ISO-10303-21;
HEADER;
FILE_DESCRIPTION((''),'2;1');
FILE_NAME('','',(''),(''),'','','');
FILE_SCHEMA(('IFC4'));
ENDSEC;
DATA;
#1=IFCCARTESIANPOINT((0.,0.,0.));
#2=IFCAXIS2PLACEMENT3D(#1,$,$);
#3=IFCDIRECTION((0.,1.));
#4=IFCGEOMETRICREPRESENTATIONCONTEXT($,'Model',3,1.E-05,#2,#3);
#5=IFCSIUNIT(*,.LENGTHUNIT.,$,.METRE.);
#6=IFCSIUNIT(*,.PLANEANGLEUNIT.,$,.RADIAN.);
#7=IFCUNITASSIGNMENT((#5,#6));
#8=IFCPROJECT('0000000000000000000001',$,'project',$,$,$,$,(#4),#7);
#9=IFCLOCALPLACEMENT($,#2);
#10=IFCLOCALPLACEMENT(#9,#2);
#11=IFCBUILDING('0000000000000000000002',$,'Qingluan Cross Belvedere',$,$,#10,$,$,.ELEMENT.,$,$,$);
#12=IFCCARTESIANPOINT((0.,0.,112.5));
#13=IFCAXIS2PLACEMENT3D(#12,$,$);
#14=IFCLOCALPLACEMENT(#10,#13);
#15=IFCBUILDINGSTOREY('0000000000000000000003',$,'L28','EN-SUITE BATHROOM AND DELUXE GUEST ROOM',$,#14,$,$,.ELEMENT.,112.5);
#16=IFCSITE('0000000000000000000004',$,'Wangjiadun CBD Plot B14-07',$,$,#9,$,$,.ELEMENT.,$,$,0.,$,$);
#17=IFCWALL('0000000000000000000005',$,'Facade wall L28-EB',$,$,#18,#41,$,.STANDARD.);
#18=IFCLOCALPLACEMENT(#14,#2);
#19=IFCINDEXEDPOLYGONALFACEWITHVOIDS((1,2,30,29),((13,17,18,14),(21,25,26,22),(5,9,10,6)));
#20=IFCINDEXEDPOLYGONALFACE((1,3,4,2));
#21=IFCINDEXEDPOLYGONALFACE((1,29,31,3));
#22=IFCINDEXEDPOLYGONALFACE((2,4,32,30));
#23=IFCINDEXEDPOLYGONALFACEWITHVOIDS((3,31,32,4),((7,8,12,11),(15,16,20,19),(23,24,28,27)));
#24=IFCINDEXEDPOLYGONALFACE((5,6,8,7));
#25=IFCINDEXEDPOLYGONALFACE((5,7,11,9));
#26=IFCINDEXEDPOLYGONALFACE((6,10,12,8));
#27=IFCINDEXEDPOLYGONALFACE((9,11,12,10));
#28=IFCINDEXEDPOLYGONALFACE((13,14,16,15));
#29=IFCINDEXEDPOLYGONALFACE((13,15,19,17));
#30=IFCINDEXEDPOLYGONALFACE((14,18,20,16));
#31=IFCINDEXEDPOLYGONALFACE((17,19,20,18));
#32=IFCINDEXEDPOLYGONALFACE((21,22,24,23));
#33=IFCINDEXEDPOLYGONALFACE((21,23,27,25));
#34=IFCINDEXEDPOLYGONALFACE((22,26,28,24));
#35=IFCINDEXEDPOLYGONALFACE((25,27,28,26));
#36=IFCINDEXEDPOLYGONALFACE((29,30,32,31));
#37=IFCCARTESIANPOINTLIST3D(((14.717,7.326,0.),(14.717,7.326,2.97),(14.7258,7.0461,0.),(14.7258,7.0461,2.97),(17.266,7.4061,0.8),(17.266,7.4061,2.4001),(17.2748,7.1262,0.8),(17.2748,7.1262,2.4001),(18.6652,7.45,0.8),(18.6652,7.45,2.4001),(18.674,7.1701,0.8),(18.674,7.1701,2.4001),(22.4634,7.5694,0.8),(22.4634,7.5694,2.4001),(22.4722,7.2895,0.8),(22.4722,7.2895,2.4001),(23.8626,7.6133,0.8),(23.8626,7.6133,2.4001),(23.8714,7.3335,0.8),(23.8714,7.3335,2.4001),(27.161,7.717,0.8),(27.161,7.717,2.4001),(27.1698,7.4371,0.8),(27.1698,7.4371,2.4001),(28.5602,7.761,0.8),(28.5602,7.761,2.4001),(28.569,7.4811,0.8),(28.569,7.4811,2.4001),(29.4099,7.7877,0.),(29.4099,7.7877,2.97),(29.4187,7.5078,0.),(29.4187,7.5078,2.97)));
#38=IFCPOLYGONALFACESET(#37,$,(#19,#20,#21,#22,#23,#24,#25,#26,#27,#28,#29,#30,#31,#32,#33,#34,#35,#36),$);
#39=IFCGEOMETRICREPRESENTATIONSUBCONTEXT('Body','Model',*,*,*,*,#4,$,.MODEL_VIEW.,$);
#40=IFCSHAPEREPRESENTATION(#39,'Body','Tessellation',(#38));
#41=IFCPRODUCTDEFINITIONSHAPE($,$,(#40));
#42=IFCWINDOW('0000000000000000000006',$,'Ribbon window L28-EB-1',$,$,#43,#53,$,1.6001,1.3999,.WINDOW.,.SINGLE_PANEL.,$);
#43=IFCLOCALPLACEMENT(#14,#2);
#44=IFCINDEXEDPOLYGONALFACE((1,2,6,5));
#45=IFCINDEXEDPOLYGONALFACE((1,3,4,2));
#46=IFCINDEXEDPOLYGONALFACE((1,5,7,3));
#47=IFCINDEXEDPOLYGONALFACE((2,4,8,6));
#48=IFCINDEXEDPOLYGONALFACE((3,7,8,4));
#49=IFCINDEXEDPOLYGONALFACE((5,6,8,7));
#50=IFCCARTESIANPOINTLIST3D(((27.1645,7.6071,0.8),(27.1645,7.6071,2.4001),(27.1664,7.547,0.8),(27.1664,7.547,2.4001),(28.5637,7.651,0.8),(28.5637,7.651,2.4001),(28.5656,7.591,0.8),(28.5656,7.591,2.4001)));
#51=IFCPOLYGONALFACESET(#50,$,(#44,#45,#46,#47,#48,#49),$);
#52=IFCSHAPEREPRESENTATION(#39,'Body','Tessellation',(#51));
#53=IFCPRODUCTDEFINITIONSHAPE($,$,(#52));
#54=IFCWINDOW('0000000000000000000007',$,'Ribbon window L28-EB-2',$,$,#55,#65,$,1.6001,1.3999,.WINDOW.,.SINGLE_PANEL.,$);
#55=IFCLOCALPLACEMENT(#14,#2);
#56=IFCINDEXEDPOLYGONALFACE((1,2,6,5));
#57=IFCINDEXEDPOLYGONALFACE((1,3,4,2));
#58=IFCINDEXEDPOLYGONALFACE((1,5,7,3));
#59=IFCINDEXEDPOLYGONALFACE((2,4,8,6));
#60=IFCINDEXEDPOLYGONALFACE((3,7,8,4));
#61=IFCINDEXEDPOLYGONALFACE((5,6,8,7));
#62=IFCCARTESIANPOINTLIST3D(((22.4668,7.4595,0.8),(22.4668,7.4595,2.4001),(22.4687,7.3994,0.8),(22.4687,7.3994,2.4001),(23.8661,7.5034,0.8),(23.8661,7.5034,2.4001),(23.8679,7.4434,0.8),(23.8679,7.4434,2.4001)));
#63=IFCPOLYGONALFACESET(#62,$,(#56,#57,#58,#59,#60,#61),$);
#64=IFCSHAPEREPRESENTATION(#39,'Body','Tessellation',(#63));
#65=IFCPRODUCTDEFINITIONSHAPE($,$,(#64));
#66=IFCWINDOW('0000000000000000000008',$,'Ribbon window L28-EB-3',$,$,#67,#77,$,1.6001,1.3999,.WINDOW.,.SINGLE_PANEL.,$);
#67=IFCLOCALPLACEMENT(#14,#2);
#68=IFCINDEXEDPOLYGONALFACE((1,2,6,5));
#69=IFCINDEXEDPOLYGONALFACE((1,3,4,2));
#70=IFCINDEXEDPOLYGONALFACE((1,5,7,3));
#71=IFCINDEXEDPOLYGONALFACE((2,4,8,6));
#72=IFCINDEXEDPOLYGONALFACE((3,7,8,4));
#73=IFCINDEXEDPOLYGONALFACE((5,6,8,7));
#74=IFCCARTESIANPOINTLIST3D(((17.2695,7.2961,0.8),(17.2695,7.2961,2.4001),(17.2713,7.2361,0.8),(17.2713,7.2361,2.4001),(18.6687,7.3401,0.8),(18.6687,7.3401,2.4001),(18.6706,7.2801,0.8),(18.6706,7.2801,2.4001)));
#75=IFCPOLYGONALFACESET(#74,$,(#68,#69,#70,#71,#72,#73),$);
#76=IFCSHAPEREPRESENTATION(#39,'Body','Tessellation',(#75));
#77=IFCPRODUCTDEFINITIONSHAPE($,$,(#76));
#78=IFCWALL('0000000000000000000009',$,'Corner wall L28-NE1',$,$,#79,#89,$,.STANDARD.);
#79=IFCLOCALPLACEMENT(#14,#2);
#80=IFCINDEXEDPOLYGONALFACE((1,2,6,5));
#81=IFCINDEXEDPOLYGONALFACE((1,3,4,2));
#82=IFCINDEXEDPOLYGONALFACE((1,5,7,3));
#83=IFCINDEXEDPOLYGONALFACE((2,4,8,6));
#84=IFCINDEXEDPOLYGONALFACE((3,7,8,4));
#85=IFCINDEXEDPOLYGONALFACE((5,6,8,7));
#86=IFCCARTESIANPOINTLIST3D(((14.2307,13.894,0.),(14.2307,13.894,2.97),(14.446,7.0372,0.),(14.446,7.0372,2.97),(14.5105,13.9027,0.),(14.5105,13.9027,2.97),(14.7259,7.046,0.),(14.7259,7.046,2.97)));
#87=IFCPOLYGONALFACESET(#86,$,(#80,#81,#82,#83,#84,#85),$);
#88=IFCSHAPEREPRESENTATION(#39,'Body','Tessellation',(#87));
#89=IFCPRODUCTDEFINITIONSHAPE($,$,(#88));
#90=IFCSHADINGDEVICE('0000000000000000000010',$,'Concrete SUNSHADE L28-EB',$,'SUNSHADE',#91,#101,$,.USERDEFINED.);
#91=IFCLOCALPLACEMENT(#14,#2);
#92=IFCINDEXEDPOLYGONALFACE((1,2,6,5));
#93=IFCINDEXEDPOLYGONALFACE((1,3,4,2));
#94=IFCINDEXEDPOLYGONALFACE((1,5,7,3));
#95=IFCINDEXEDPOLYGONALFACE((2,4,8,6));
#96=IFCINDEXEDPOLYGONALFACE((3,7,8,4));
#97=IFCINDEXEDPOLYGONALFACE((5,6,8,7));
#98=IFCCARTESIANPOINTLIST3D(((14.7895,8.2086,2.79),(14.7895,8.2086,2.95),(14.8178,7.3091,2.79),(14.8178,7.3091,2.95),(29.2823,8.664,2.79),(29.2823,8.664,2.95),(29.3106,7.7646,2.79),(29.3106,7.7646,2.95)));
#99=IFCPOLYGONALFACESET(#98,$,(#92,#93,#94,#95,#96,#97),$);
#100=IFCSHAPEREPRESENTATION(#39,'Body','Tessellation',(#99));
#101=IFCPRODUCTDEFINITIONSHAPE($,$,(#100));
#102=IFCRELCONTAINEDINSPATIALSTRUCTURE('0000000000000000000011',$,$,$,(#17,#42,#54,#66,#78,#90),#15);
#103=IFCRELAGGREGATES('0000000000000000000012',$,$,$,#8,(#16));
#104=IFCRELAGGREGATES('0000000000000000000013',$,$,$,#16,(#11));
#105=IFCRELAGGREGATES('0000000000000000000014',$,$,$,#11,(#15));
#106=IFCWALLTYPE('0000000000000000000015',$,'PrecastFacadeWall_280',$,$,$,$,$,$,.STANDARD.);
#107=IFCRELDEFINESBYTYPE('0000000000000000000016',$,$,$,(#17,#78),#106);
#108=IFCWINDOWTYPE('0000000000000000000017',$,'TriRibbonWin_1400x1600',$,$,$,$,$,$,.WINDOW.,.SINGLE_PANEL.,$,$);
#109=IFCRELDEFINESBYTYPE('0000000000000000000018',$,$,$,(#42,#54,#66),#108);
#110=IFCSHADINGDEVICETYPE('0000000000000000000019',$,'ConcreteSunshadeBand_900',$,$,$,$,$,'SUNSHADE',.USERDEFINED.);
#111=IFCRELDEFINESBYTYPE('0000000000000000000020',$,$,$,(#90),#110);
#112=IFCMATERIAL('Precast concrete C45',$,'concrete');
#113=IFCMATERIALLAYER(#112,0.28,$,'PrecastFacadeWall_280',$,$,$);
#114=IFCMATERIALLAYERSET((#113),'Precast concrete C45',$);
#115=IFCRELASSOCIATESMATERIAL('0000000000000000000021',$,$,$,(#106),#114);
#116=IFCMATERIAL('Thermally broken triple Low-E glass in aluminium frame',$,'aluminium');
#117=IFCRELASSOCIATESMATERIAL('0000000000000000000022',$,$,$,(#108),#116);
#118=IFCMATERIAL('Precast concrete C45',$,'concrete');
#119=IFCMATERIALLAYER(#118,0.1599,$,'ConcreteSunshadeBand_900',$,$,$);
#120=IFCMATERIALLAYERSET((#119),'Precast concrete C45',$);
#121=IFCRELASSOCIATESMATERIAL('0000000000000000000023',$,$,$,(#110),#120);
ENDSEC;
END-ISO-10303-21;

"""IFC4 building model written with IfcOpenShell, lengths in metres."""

from ifc_helpers import new_model, si_unit, direction, frame, frame_2d, origin, origin_2d, place, context, subcontext, project, spatial, rectangle, extrude, material, layer, layer_set, type_object, element, fill, save


model = new_model("IFC4")

# Units and contexts
model_context = context("Model", 3, precision=1e-05, world=origin(), true_north=direction((0.0, 1.0)))
body_context = subcontext(model_context, "Body", "Model", "MODEL_VIEW")
ifc_project = project(units=[si_unit("LENGTHUNIT", "METRE"), si_unit("PLANEANGLEUNIT", "RADIAN")], contexts=[model_context])

# Site, building, storey
site_placement = place(None, origin())
site = spatial("IfcSite", under=ifc_project, at=site_placement, Name="Wangjiadun CBD Plot B14-07", CompositionType="ELEMENT", RefElevation=0.0)
building_placement = place(site_placement, origin())
building = spatial("IfcBuilding", under=site, at=building_placement, Name="Qingluan Cross Belvedere", CompositionType="ELEMENT")
storey_placement = place(building_placement, frame((0.0, 0.0, 112.5)))
storey = spatial("IfcBuildingStorey", under=building, at=storey_placement, Name="L28", Description="EN-SUITE BATHROOM AND DELUXE GUEST ROOM", CompositionType="ELEMENT", Elevation=112.5)

# Wall, openings, windows
ifc_material_1 = material(Name="Precast concrete C45", Category="concrete")
ifc_layer_1 = layer(ifc_material_1, 0.28, Name="PrecastFacadeWall_280")
ifc_layer_set_1 = layer_set([ifc_layer_1], Name="Precast concrete C45")
wall_type_1 = type_object("IfcWallType", Name="PrecastFacadeWall_280", PredefinedType="STANDARD", material=ifc_layer_set_1)
wall_1_placement = place(storey_placement, frame((29.4143, 7.6477, 0.0), z_axis=(0.0, 0.0, 1.0), x_axis=(-0.999507, -0.031406, 0.0)))
wall_1 = element("IfcWall", 1, at=wall_1_placement, inside=storey, type_object=wall_type_1, Name="Facade wall L28-EB", PredefinedType="STANDARD", context=body_context, shape_type="SweptSolid", body=[
    extrude(rectangle(XDim=14.7002, YDim=0.28, at=frame_2d((7.3501, 0.0))), origin(), (0.0, 0.0, 1.0), 2.97),
])
opening_1_placement = place(wall_1_placement, frame((0.8501, 0.0, 0.8)))
opening_1 = element("IfcOpeningElement", 2, at=opening_1_placement, cuts=wall_1, PredefinedType="OPENING", context=body_context, shape_type="SweptSolid", body=[
    extrude(rectangle(XDim=1.3999, YDim=1.6001, at=frame_2d((0.7, 0.8))), frame((0.0, 0.1499, 0.0), z_axis=(0.0, -1.0, 0.0), x_axis=(1.0, 0.0, 0.0)), (0.0, 0.0, 1.0), 0.3),
])
opening_2_placement = place(wall_1_placement, frame((5.55, 0.0, 0.8)))
opening_2 = element("IfcOpeningElement", 3, at=opening_2_placement, cuts=wall_1, PredefinedType="OPENING", context=body_context, shape_type="SweptSolid", body=[
    extrude(rectangle(XDim=1.3999, YDim=1.6001, at=frame_2d((0.7, 0.8))), frame((0.0, 0.1499, 0.0), z_axis=(0.0, -1.0, 0.0), x_axis=(1.0, 0.0, 0.0)), (0.0, 0.0, 1.0), 0.3),
])
opening_3_placement = place(wall_1_placement, frame((10.75, 0.0, 0.8)))
opening_3 = element("IfcOpeningElement", 4, at=opening_3_placement, cuts=wall_1, PredefinedType="OPENING", context=body_context, shape_type="SweptSolid", body=[
    extrude(rectangle(XDim=1.3999, YDim=1.6001, at=frame_2d((0.7, 0.8))), frame((0.0, 0.1499, 0.0), z_axis=(0.0, -1.0, 0.0), x_axis=(1.0, 0.0, 0.0)), (0.0, 0.0, 1.0), 0.3),
])
ifc_material_2 = material(Name="Thermally broken triple Low-E glass in aluminium frame", Category="aluminium")
window_type = type_object("IfcWindowType", Name="TriRibbonWin_1400x1600", PartitioningType="SINGLE_PANEL", PredefinedType="WINDOW", material=ifc_material_2)
window_1_placement = place(opening_1_placement, origin())
window_1 = element("IfcWindow", 5, at=window_1_placement, inside=storey, type_object=window_type, Name="Ribbon window L28-EB-1", OverallHeight=1.6001, OverallWidth=1.3999, PartitioningType="SINGLE_PANEL", PredefinedType="WINDOW", context=body_context, shape_type="SweptSolid", body=[
    extrude(rectangle(XDim=1.3999, YDim=1.6001, at=frame_2d((0.7, 0.8))), frame((0.0, 0.03, 0.0), z_axis=(0.0, -1.0, 0.0), x_axis=(1.0, 0.0, 0.0)), (0.0, 0.0, 1.0), 0.0601),
])
fill(opening_1, window_1)
window_2_placement = place(opening_2_placement, origin())
window_2 = element("IfcWindow", 6, at=window_2_placement, inside=storey, type_object=window_type, Name="Ribbon window L28-EB-2", OverallHeight=1.6001, OverallWidth=1.3999, PartitioningType="SINGLE_PANEL", PredefinedType="WINDOW", context=body_context, shape_type="SweptSolid", body=[
    extrude(rectangle(XDim=1.3999, YDim=1.6001, at=frame_2d((0.7, 0.8))), frame((0.0, 0.03, 0.0), z_axis=(0.0, -1.0, 0.0), x_axis=(1.0, 0.0, 0.0)), (0.0, 0.0, 1.0), 0.0601),
])
fill(opening_2, window_2)
window_3_placement = place(opening_3_placement, origin())
window_3 = element("IfcWindow", 7, at=window_3_placement, inside=storey, type_object=window_type, Name="Ribbon window L28-EB-3", OverallHeight=1.6001, OverallWidth=1.3999, PartitioningType="SINGLE_PANEL", PredefinedType="WINDOW", context=body_context, shape_type="SweptSolid", body=[
    extrude(rectangle(XDim=1.3999, YDim=1.6001, at=frame_2d((0.7, 0.8))), frame((0.0, 0.03, 0.0), z_axis=(0.0, -1.0, 0.0), x_axis=(1.0, 0.0, 0.0)), (0.0, 0.0, 1.0), 0.0601),
])
fill(opening_3, window_3)

# Wall
wall_2_placement = place(storey_placement, frame((14.5859, 7.0415, 0.0), z_axis=(0.0, 0.0, 1.0), x_axis=(-0.031389, 0.999507, 0.0)))
element("IfcWall", 8, at=wall_2_placement, inside=storey, type_object=wall_type_1, Name="Corner wall L28-NE1", PredefinedType="STANDARD", context=body_context, shape_type="SweptSolid", body=[
    extrude(rectangle(XDim=6.8601, YDim=0.28, at=frame_2d((3.4302, 0.0))), origin(), (0.0, 0.0, 1.0), 2.97),
])

# Shading device
ifc_material_3 = material(Name="Precast concrete C45", Category="concrete")
ifc_layer_2 = layer(ifc_material_3, 0.1599, Name="ConcreteSunshadeBand_900")
ifc_layer_set_2 = layer_set([ifc_layer_2], Name="Precast concrete C45")
shading_device_type = type_object("IfcShadingDeviceType", Name="ConcreteSunshadeBand_900", ElementType="SUNSHADE", PredefinedType="USERDEFINED", material=ifc_layer_set_2)
shading_device_placement = place(storey_placement, frame((22.05, 7.9866, 2.79), z_axis=(0.0, 0.0, 1.0), x_axis=(-0.999507, -0.031408, 0.0)))
element("IfcShadingDevice", 9, at=shading_device_placement, inside=storey, type_object=shading_device_type, Name="Concrete SUNSHADE L28-EB", ObjectType="SUNSHADE", PredefinedType="USERDEFINED", context=body_context, shape_type="SweptSolid", body=[
    extrude(rectangle(XDim=14.5, YDim=0.8999, at=origin_2d()), origin(), (0.0, 0.0, 1.0), 0.1599),
])

save(model, "model.ifc")
